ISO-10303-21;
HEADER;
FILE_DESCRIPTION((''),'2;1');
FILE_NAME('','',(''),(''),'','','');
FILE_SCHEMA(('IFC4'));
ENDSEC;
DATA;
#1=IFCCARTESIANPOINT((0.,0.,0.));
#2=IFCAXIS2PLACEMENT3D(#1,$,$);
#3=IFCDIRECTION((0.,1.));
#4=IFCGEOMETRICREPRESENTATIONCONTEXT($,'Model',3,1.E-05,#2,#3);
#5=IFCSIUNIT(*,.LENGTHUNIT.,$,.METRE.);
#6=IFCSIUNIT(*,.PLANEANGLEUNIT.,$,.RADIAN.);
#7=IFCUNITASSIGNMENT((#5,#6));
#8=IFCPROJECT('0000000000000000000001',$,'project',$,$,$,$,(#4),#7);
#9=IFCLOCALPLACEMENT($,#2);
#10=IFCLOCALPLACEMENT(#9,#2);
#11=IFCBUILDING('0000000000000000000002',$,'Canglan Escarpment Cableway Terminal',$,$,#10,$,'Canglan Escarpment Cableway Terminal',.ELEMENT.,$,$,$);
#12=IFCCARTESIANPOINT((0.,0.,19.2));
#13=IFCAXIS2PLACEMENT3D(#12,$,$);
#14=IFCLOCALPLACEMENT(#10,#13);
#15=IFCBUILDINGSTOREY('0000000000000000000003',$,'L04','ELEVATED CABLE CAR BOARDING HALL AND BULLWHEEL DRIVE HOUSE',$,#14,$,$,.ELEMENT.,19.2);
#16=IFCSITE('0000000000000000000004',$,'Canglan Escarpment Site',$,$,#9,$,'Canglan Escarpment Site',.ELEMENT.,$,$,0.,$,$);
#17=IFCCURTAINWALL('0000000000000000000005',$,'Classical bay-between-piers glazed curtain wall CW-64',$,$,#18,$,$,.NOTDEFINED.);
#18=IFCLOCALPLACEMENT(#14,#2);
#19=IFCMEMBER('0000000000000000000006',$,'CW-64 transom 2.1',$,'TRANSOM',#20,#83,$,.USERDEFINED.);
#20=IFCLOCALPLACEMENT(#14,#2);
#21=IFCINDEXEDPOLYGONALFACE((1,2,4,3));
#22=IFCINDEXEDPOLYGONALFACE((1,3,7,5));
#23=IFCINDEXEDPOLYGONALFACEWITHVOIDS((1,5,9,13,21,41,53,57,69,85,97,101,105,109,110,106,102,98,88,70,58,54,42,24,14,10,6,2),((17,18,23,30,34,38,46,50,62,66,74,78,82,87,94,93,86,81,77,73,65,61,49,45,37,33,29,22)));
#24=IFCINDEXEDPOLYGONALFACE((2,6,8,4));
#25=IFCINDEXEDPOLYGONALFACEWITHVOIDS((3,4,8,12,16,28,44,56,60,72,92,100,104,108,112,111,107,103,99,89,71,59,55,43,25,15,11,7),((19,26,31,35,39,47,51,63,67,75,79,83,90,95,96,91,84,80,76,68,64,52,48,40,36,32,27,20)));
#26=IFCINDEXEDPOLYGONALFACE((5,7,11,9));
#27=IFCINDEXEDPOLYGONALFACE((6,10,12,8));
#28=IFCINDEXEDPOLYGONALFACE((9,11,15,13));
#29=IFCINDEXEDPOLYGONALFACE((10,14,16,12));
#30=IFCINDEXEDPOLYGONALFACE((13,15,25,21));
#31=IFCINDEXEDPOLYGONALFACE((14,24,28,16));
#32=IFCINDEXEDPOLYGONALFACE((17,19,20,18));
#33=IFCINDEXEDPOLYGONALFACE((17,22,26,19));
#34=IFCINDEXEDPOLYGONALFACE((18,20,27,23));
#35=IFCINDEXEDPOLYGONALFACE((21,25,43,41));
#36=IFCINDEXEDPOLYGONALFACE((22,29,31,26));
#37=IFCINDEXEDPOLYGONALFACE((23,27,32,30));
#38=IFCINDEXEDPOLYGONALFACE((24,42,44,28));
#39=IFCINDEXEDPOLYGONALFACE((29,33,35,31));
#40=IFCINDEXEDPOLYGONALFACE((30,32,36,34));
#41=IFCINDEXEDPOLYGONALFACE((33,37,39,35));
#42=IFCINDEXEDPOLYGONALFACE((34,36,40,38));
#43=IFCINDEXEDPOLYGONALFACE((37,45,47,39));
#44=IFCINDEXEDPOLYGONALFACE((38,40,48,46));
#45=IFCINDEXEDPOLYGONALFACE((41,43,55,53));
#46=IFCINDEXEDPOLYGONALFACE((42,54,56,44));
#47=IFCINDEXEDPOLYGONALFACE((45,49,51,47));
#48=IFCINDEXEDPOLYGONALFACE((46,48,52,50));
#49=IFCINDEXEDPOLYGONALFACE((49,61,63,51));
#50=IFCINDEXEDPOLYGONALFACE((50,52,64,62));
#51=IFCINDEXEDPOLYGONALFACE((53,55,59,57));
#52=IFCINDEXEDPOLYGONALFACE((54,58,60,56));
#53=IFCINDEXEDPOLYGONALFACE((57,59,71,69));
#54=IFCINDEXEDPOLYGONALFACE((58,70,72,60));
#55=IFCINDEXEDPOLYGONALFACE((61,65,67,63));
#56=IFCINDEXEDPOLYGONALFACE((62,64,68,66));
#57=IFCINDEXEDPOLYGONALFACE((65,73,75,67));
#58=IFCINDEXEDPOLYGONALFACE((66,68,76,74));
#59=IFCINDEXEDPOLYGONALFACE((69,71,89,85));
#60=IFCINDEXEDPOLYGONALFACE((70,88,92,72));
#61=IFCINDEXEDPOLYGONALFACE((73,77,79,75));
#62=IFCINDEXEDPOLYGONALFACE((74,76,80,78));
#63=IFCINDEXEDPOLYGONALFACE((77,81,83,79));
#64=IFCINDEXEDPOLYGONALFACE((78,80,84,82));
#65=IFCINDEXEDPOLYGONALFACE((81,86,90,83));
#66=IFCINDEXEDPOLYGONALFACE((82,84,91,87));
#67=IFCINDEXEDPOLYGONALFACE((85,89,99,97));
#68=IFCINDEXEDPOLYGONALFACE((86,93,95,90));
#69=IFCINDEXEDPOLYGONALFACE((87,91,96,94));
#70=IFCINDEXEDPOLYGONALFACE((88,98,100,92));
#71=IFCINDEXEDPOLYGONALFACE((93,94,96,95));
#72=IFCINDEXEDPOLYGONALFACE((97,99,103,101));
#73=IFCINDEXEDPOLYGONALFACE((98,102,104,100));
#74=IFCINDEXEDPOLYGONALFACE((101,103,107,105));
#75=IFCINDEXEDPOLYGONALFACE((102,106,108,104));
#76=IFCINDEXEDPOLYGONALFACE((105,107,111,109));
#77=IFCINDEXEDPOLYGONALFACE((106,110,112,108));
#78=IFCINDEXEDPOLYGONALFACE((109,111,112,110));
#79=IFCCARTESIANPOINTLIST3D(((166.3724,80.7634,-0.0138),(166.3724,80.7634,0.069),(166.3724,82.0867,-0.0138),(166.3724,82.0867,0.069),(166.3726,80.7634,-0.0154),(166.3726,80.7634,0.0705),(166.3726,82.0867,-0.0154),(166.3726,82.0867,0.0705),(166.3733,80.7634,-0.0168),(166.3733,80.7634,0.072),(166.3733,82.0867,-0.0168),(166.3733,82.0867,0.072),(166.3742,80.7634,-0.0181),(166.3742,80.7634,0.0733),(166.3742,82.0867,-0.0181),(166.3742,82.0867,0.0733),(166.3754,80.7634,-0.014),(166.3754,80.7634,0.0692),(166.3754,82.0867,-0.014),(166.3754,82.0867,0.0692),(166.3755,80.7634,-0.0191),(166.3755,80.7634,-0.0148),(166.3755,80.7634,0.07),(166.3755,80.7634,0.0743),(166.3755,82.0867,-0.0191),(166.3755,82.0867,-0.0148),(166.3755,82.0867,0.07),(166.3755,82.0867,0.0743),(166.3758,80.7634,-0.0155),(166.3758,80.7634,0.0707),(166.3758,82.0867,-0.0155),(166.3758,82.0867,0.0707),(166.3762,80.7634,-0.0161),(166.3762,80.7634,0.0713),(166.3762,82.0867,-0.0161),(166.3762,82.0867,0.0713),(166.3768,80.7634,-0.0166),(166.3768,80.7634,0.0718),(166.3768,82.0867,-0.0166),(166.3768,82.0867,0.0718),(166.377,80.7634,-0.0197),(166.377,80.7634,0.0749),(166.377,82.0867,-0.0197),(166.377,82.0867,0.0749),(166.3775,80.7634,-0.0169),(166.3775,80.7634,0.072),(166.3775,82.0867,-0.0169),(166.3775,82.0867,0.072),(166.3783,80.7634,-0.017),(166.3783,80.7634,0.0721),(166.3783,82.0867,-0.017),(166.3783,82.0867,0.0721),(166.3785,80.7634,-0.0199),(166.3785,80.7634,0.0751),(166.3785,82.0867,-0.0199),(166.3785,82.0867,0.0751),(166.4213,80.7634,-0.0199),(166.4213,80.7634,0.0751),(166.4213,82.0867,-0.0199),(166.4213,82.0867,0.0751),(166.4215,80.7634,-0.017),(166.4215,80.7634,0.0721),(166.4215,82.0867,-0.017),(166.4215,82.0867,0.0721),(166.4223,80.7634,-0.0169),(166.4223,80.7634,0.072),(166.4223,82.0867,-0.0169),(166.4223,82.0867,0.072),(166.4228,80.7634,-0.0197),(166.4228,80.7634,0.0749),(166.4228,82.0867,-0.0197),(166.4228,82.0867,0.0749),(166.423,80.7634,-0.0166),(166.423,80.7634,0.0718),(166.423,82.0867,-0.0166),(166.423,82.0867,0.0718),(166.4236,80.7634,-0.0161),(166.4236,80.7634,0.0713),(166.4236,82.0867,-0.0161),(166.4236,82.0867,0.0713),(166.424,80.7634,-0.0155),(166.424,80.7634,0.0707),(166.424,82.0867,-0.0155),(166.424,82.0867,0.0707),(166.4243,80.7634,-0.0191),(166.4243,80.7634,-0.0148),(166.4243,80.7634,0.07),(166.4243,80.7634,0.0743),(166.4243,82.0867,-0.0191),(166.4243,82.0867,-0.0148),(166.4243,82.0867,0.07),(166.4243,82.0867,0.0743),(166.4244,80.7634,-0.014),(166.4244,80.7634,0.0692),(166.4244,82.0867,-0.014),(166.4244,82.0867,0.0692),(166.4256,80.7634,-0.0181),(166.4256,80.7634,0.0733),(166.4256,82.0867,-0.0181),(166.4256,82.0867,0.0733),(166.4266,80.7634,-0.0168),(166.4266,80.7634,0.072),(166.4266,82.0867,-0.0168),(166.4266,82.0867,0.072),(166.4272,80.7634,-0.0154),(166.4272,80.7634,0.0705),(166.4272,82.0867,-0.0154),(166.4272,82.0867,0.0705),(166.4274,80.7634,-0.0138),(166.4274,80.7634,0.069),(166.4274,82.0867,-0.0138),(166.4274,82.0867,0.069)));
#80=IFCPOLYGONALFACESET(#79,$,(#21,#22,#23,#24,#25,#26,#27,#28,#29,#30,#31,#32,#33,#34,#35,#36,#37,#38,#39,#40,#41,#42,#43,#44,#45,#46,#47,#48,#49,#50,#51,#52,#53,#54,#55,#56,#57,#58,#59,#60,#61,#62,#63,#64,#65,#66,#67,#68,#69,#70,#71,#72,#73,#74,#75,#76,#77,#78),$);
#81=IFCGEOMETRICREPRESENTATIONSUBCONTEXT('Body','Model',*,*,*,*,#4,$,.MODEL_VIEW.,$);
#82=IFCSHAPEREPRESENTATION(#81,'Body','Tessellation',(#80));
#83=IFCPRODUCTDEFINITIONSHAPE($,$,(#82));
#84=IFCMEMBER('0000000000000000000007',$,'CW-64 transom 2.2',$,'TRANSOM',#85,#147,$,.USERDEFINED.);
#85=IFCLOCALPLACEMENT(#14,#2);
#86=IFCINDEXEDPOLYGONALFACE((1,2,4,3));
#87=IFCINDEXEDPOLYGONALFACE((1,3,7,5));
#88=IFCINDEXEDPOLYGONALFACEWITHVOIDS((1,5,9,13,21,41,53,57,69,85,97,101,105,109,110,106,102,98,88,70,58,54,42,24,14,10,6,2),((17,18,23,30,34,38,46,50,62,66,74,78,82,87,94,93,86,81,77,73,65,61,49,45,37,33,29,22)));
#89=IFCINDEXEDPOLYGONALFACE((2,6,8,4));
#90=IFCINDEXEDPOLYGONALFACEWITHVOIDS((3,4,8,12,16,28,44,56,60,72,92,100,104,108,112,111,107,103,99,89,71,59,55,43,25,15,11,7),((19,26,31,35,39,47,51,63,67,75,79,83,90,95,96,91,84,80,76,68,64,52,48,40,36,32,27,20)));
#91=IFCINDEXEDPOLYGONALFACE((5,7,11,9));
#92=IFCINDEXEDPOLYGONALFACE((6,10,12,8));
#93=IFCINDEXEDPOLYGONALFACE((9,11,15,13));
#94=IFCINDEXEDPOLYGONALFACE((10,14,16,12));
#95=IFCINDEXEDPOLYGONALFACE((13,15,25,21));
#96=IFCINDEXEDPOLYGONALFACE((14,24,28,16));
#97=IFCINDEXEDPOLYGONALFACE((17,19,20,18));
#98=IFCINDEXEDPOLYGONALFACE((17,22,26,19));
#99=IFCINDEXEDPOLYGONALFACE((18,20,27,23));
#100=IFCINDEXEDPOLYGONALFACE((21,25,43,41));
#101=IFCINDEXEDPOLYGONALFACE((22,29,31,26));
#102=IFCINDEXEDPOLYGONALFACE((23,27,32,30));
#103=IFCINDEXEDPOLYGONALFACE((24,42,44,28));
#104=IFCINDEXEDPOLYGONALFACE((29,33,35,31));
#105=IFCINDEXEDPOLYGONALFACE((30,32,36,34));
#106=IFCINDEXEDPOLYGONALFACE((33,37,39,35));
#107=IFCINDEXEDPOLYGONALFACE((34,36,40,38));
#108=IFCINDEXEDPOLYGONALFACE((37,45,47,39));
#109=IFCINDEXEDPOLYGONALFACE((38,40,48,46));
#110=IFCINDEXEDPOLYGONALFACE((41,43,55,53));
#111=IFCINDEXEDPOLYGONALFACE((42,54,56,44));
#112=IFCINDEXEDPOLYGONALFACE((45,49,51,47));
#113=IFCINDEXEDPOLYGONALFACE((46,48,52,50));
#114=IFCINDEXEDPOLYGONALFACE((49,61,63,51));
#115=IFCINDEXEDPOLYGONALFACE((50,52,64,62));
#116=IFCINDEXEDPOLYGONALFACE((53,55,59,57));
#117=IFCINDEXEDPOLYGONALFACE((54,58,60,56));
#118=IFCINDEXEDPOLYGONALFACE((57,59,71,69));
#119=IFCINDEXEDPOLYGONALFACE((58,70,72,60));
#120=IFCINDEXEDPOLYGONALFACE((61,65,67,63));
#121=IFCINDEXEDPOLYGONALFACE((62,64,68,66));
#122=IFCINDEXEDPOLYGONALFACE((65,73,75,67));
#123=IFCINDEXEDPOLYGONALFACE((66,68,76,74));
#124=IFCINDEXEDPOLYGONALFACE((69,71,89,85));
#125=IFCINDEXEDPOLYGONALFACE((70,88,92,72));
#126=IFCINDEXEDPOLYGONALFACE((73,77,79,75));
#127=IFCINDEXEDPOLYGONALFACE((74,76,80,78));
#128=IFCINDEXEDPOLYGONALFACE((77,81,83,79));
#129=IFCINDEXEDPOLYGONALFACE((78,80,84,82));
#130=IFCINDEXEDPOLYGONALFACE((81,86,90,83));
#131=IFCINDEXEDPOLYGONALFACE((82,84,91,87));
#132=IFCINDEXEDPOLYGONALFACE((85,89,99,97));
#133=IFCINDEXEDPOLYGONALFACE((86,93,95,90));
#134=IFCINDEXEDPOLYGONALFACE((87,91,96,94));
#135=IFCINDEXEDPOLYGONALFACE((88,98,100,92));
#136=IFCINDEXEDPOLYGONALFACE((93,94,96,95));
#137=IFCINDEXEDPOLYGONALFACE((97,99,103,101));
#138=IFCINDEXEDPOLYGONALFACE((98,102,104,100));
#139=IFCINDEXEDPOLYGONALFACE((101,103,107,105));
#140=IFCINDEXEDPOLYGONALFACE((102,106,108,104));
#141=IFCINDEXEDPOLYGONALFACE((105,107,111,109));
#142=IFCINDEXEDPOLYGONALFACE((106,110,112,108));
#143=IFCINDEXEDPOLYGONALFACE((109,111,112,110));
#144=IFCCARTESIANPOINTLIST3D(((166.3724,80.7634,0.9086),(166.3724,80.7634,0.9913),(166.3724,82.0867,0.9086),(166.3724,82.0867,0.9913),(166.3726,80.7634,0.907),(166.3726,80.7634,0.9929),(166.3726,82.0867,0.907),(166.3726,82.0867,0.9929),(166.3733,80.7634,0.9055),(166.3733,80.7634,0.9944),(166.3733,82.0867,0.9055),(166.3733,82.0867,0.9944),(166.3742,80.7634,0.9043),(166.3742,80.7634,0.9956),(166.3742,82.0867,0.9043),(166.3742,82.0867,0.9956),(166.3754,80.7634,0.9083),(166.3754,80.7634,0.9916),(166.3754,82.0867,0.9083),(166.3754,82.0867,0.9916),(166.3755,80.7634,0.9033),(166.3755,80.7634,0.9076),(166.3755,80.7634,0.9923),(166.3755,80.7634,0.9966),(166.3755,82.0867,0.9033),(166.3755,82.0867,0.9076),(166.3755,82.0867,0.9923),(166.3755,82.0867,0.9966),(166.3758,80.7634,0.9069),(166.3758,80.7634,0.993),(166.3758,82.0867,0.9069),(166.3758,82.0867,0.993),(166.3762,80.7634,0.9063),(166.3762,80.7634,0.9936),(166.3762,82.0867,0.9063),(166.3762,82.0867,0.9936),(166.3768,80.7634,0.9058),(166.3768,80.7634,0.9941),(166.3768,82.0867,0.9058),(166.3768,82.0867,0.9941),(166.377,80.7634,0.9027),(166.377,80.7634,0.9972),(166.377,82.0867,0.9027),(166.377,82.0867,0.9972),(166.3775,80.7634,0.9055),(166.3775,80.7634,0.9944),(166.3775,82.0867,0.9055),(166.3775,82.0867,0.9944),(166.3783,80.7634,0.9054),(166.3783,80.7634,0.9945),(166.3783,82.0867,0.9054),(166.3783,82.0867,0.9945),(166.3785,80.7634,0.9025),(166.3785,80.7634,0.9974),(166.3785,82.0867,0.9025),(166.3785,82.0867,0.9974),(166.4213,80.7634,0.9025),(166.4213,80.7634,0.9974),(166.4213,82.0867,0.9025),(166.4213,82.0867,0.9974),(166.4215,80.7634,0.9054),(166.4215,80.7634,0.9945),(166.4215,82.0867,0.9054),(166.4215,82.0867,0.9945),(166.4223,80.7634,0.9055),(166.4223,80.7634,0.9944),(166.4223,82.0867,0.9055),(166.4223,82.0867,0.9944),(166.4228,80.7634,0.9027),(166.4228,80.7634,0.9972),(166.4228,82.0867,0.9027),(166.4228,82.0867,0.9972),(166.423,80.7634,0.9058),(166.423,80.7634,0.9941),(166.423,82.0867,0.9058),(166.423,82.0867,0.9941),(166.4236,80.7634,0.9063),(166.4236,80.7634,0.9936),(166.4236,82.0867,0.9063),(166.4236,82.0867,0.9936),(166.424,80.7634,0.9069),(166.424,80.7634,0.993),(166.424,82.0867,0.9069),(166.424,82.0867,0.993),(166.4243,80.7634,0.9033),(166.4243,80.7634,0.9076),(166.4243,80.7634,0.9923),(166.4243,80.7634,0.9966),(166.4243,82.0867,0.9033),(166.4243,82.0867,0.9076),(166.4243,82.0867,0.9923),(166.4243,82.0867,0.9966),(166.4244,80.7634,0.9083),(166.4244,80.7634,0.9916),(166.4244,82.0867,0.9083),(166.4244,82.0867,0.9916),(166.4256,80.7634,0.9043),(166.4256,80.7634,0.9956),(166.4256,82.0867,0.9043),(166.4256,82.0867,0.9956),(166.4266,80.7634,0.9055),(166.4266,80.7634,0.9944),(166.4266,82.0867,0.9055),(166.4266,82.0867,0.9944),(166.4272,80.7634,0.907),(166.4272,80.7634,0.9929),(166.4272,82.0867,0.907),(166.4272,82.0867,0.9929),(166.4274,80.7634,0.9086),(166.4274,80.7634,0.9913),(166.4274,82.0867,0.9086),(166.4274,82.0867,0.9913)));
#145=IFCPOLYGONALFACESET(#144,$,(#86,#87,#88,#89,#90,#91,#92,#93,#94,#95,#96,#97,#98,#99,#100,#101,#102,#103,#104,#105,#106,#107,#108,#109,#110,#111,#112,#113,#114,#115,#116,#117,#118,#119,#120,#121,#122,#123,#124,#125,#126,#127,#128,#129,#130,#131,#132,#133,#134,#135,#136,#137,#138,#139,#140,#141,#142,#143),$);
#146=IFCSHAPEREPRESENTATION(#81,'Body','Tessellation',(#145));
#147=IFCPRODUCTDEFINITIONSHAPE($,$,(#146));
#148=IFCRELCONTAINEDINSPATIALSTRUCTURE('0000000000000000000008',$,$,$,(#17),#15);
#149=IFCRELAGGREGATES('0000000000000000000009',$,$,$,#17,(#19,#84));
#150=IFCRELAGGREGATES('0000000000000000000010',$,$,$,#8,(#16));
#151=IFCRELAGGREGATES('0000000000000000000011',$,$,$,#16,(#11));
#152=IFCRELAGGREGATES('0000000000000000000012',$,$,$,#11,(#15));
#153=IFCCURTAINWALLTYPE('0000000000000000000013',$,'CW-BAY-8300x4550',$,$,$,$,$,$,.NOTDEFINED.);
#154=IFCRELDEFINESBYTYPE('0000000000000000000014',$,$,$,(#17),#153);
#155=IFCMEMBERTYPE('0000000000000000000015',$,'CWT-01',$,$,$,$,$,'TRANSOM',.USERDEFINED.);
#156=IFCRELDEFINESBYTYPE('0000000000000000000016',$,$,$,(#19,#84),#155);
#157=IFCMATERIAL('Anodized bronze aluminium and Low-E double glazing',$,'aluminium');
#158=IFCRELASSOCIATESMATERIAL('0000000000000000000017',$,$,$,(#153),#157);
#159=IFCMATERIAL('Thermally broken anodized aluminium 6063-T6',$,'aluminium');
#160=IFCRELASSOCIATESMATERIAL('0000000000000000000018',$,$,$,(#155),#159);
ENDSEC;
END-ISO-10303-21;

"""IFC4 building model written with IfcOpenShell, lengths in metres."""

from ifc_helpers import new_model, si_unit, direction, frame, origin, origin_2d, place, context, subcontext, project, spatial, hollow_rectangle, extrude, material, material_profile, profile_set, type_object, element, aggregate, save


model = new_model("IFC4")

# Units and contexts
model_context = context("Model", 3, precision=1e-05, world=origin(), true_north=direction((0.0, 1.0)))
body_context = subcontext(model_context, "Body", "Model", "MODEL_VIEW")
ifc_project = project(units=[si_unit("LENGTHUNIT", "METRE"), si_unit("PLANEANGLEUNIT", "RADIAN")], contexts=[model_context])

# Site, building, storey
site_placement = place(None, origin())
site = spatial("IfcSite", under=ifc_project, at=site_placement, Name="Canglan Escarpment Site", LongName="Canglan Escarpment Site", CompositionType="ELEMENT", RefElevation=0.0)
building_placement = place(site_placement, origin())
building = spatial("IfcBuilding", under=site, at=building_placement, Name="Canglan Escarpment Cableway Terminal", LongName="Canglan Escarpment Cableway Terminal", CompositionType="ELEMENT")
storey_placement = place(building_placement, frame((0.0, 0.0, 19.2)))
storey = spatial("IfcBuildingStorey", under=building, at=storey_placement, Name="L04", Description="ELEVATED CABLE CAR BOARDING HALL AND BULLWHEEL DRIVE HOUSE", CompositionType="ELEMENT", Elevation=19.2)

# Curtain wall
ifc_material_1 = material(Name="Anodized bronze aluminium and Low-E double glazing", Category="aluminium")
curtain_wall_type = type_object("IfcCurtainWallType", Name="CW-BAY-8300x4550", PredefinedType="NOTDEFINED", material=ifc_material_1)
curtain_wall_1_placement = place(storey_placement, origin())
curtain_wall_1 = element("IfcCurtainWall", 1, at=curtain_wall_1_placement, inside=storey, type_object=curtain_wall_type, Name="Classical bay-between-piers glazed curtain wall CW-64", PredefinedType="NOTDEFINED")
ifc_material_2 = material(Name="Thermally broken anodized aluminium 6063-T6", Category="aluminium")

# Members
ifc_material_profile_1 = material_profile(ifc_material_2, hollow_rectangle(XDim=0.0549, YDim=0.095, WallThickness=0.0029, InnerFilletRadius=0.0029, OuterFilletRadius=0.0061, at=origin_2d()), Name="ALU-TRAN 55x95x3")
ifc_profile_set_1 = profile_set([ifc_material_profile_1], Name="Thermally broken anodized aluminium 6063-T6")
member_type_1 = type_object("IfcMemberType", Name="CWT-01", ElementType="TRANSOM", PredefinedType="USERDEFINED", material=ifc_profile_set_1)
member_1_placement = place(storey_placement, frame((166.3999, 80.7634, 0.0276), z_axis=(0.0, 1.0, 0.0), x_axis=(-1.0, 0.0, 0.0)))
member_1 = element("IfcMember", 2, at=member_1_placement, type_object=member_type_1, Name="CW-64 transom 2.1", ObjectType="TRANSOM", PredefinedType="USERDEFINED", context=body_context, shape_type="SweptSolid", body=[
    extrude(hollow_rectangle(XDim=0.0549, YDim=0.095, WallThickness=0.0029, InnerFilletRadius=0.0029, OuterFilletRadius=0.0061, at=origin_2d()), origin(), (0.0, 0.0, 1.0), 1.3232),
])
member_2_placement = place(storey_placement, frame((166.3999, 80.7634, 0.95), z_axis=(0.0, 1.0, 0.0), x_axis=(-1.0, 0.0, 0.0)))
member_2 = element("IfcMember", 3, at=member_2_placement, type_object=member_type_1, Name="CW-64 transom 2.2", ObjectType="TRANSOM", PredefinedType="USERDEFINED", context=body_context, shape_type="SweptSolid", body=[
    extrude(hollow_rectangle(XDim=0.0549, YDim=0.095, WallThickness=0.0029, InnerFilletRadius=0.0029, OuterFilletRadius=0.0061, at=origin_2d()), origin(), (0.0, 0.0, 1.0), 1.3232),
])

aggregate(curtain_wall_1, [member_1, member_2])

save(model, "model.ifc")
